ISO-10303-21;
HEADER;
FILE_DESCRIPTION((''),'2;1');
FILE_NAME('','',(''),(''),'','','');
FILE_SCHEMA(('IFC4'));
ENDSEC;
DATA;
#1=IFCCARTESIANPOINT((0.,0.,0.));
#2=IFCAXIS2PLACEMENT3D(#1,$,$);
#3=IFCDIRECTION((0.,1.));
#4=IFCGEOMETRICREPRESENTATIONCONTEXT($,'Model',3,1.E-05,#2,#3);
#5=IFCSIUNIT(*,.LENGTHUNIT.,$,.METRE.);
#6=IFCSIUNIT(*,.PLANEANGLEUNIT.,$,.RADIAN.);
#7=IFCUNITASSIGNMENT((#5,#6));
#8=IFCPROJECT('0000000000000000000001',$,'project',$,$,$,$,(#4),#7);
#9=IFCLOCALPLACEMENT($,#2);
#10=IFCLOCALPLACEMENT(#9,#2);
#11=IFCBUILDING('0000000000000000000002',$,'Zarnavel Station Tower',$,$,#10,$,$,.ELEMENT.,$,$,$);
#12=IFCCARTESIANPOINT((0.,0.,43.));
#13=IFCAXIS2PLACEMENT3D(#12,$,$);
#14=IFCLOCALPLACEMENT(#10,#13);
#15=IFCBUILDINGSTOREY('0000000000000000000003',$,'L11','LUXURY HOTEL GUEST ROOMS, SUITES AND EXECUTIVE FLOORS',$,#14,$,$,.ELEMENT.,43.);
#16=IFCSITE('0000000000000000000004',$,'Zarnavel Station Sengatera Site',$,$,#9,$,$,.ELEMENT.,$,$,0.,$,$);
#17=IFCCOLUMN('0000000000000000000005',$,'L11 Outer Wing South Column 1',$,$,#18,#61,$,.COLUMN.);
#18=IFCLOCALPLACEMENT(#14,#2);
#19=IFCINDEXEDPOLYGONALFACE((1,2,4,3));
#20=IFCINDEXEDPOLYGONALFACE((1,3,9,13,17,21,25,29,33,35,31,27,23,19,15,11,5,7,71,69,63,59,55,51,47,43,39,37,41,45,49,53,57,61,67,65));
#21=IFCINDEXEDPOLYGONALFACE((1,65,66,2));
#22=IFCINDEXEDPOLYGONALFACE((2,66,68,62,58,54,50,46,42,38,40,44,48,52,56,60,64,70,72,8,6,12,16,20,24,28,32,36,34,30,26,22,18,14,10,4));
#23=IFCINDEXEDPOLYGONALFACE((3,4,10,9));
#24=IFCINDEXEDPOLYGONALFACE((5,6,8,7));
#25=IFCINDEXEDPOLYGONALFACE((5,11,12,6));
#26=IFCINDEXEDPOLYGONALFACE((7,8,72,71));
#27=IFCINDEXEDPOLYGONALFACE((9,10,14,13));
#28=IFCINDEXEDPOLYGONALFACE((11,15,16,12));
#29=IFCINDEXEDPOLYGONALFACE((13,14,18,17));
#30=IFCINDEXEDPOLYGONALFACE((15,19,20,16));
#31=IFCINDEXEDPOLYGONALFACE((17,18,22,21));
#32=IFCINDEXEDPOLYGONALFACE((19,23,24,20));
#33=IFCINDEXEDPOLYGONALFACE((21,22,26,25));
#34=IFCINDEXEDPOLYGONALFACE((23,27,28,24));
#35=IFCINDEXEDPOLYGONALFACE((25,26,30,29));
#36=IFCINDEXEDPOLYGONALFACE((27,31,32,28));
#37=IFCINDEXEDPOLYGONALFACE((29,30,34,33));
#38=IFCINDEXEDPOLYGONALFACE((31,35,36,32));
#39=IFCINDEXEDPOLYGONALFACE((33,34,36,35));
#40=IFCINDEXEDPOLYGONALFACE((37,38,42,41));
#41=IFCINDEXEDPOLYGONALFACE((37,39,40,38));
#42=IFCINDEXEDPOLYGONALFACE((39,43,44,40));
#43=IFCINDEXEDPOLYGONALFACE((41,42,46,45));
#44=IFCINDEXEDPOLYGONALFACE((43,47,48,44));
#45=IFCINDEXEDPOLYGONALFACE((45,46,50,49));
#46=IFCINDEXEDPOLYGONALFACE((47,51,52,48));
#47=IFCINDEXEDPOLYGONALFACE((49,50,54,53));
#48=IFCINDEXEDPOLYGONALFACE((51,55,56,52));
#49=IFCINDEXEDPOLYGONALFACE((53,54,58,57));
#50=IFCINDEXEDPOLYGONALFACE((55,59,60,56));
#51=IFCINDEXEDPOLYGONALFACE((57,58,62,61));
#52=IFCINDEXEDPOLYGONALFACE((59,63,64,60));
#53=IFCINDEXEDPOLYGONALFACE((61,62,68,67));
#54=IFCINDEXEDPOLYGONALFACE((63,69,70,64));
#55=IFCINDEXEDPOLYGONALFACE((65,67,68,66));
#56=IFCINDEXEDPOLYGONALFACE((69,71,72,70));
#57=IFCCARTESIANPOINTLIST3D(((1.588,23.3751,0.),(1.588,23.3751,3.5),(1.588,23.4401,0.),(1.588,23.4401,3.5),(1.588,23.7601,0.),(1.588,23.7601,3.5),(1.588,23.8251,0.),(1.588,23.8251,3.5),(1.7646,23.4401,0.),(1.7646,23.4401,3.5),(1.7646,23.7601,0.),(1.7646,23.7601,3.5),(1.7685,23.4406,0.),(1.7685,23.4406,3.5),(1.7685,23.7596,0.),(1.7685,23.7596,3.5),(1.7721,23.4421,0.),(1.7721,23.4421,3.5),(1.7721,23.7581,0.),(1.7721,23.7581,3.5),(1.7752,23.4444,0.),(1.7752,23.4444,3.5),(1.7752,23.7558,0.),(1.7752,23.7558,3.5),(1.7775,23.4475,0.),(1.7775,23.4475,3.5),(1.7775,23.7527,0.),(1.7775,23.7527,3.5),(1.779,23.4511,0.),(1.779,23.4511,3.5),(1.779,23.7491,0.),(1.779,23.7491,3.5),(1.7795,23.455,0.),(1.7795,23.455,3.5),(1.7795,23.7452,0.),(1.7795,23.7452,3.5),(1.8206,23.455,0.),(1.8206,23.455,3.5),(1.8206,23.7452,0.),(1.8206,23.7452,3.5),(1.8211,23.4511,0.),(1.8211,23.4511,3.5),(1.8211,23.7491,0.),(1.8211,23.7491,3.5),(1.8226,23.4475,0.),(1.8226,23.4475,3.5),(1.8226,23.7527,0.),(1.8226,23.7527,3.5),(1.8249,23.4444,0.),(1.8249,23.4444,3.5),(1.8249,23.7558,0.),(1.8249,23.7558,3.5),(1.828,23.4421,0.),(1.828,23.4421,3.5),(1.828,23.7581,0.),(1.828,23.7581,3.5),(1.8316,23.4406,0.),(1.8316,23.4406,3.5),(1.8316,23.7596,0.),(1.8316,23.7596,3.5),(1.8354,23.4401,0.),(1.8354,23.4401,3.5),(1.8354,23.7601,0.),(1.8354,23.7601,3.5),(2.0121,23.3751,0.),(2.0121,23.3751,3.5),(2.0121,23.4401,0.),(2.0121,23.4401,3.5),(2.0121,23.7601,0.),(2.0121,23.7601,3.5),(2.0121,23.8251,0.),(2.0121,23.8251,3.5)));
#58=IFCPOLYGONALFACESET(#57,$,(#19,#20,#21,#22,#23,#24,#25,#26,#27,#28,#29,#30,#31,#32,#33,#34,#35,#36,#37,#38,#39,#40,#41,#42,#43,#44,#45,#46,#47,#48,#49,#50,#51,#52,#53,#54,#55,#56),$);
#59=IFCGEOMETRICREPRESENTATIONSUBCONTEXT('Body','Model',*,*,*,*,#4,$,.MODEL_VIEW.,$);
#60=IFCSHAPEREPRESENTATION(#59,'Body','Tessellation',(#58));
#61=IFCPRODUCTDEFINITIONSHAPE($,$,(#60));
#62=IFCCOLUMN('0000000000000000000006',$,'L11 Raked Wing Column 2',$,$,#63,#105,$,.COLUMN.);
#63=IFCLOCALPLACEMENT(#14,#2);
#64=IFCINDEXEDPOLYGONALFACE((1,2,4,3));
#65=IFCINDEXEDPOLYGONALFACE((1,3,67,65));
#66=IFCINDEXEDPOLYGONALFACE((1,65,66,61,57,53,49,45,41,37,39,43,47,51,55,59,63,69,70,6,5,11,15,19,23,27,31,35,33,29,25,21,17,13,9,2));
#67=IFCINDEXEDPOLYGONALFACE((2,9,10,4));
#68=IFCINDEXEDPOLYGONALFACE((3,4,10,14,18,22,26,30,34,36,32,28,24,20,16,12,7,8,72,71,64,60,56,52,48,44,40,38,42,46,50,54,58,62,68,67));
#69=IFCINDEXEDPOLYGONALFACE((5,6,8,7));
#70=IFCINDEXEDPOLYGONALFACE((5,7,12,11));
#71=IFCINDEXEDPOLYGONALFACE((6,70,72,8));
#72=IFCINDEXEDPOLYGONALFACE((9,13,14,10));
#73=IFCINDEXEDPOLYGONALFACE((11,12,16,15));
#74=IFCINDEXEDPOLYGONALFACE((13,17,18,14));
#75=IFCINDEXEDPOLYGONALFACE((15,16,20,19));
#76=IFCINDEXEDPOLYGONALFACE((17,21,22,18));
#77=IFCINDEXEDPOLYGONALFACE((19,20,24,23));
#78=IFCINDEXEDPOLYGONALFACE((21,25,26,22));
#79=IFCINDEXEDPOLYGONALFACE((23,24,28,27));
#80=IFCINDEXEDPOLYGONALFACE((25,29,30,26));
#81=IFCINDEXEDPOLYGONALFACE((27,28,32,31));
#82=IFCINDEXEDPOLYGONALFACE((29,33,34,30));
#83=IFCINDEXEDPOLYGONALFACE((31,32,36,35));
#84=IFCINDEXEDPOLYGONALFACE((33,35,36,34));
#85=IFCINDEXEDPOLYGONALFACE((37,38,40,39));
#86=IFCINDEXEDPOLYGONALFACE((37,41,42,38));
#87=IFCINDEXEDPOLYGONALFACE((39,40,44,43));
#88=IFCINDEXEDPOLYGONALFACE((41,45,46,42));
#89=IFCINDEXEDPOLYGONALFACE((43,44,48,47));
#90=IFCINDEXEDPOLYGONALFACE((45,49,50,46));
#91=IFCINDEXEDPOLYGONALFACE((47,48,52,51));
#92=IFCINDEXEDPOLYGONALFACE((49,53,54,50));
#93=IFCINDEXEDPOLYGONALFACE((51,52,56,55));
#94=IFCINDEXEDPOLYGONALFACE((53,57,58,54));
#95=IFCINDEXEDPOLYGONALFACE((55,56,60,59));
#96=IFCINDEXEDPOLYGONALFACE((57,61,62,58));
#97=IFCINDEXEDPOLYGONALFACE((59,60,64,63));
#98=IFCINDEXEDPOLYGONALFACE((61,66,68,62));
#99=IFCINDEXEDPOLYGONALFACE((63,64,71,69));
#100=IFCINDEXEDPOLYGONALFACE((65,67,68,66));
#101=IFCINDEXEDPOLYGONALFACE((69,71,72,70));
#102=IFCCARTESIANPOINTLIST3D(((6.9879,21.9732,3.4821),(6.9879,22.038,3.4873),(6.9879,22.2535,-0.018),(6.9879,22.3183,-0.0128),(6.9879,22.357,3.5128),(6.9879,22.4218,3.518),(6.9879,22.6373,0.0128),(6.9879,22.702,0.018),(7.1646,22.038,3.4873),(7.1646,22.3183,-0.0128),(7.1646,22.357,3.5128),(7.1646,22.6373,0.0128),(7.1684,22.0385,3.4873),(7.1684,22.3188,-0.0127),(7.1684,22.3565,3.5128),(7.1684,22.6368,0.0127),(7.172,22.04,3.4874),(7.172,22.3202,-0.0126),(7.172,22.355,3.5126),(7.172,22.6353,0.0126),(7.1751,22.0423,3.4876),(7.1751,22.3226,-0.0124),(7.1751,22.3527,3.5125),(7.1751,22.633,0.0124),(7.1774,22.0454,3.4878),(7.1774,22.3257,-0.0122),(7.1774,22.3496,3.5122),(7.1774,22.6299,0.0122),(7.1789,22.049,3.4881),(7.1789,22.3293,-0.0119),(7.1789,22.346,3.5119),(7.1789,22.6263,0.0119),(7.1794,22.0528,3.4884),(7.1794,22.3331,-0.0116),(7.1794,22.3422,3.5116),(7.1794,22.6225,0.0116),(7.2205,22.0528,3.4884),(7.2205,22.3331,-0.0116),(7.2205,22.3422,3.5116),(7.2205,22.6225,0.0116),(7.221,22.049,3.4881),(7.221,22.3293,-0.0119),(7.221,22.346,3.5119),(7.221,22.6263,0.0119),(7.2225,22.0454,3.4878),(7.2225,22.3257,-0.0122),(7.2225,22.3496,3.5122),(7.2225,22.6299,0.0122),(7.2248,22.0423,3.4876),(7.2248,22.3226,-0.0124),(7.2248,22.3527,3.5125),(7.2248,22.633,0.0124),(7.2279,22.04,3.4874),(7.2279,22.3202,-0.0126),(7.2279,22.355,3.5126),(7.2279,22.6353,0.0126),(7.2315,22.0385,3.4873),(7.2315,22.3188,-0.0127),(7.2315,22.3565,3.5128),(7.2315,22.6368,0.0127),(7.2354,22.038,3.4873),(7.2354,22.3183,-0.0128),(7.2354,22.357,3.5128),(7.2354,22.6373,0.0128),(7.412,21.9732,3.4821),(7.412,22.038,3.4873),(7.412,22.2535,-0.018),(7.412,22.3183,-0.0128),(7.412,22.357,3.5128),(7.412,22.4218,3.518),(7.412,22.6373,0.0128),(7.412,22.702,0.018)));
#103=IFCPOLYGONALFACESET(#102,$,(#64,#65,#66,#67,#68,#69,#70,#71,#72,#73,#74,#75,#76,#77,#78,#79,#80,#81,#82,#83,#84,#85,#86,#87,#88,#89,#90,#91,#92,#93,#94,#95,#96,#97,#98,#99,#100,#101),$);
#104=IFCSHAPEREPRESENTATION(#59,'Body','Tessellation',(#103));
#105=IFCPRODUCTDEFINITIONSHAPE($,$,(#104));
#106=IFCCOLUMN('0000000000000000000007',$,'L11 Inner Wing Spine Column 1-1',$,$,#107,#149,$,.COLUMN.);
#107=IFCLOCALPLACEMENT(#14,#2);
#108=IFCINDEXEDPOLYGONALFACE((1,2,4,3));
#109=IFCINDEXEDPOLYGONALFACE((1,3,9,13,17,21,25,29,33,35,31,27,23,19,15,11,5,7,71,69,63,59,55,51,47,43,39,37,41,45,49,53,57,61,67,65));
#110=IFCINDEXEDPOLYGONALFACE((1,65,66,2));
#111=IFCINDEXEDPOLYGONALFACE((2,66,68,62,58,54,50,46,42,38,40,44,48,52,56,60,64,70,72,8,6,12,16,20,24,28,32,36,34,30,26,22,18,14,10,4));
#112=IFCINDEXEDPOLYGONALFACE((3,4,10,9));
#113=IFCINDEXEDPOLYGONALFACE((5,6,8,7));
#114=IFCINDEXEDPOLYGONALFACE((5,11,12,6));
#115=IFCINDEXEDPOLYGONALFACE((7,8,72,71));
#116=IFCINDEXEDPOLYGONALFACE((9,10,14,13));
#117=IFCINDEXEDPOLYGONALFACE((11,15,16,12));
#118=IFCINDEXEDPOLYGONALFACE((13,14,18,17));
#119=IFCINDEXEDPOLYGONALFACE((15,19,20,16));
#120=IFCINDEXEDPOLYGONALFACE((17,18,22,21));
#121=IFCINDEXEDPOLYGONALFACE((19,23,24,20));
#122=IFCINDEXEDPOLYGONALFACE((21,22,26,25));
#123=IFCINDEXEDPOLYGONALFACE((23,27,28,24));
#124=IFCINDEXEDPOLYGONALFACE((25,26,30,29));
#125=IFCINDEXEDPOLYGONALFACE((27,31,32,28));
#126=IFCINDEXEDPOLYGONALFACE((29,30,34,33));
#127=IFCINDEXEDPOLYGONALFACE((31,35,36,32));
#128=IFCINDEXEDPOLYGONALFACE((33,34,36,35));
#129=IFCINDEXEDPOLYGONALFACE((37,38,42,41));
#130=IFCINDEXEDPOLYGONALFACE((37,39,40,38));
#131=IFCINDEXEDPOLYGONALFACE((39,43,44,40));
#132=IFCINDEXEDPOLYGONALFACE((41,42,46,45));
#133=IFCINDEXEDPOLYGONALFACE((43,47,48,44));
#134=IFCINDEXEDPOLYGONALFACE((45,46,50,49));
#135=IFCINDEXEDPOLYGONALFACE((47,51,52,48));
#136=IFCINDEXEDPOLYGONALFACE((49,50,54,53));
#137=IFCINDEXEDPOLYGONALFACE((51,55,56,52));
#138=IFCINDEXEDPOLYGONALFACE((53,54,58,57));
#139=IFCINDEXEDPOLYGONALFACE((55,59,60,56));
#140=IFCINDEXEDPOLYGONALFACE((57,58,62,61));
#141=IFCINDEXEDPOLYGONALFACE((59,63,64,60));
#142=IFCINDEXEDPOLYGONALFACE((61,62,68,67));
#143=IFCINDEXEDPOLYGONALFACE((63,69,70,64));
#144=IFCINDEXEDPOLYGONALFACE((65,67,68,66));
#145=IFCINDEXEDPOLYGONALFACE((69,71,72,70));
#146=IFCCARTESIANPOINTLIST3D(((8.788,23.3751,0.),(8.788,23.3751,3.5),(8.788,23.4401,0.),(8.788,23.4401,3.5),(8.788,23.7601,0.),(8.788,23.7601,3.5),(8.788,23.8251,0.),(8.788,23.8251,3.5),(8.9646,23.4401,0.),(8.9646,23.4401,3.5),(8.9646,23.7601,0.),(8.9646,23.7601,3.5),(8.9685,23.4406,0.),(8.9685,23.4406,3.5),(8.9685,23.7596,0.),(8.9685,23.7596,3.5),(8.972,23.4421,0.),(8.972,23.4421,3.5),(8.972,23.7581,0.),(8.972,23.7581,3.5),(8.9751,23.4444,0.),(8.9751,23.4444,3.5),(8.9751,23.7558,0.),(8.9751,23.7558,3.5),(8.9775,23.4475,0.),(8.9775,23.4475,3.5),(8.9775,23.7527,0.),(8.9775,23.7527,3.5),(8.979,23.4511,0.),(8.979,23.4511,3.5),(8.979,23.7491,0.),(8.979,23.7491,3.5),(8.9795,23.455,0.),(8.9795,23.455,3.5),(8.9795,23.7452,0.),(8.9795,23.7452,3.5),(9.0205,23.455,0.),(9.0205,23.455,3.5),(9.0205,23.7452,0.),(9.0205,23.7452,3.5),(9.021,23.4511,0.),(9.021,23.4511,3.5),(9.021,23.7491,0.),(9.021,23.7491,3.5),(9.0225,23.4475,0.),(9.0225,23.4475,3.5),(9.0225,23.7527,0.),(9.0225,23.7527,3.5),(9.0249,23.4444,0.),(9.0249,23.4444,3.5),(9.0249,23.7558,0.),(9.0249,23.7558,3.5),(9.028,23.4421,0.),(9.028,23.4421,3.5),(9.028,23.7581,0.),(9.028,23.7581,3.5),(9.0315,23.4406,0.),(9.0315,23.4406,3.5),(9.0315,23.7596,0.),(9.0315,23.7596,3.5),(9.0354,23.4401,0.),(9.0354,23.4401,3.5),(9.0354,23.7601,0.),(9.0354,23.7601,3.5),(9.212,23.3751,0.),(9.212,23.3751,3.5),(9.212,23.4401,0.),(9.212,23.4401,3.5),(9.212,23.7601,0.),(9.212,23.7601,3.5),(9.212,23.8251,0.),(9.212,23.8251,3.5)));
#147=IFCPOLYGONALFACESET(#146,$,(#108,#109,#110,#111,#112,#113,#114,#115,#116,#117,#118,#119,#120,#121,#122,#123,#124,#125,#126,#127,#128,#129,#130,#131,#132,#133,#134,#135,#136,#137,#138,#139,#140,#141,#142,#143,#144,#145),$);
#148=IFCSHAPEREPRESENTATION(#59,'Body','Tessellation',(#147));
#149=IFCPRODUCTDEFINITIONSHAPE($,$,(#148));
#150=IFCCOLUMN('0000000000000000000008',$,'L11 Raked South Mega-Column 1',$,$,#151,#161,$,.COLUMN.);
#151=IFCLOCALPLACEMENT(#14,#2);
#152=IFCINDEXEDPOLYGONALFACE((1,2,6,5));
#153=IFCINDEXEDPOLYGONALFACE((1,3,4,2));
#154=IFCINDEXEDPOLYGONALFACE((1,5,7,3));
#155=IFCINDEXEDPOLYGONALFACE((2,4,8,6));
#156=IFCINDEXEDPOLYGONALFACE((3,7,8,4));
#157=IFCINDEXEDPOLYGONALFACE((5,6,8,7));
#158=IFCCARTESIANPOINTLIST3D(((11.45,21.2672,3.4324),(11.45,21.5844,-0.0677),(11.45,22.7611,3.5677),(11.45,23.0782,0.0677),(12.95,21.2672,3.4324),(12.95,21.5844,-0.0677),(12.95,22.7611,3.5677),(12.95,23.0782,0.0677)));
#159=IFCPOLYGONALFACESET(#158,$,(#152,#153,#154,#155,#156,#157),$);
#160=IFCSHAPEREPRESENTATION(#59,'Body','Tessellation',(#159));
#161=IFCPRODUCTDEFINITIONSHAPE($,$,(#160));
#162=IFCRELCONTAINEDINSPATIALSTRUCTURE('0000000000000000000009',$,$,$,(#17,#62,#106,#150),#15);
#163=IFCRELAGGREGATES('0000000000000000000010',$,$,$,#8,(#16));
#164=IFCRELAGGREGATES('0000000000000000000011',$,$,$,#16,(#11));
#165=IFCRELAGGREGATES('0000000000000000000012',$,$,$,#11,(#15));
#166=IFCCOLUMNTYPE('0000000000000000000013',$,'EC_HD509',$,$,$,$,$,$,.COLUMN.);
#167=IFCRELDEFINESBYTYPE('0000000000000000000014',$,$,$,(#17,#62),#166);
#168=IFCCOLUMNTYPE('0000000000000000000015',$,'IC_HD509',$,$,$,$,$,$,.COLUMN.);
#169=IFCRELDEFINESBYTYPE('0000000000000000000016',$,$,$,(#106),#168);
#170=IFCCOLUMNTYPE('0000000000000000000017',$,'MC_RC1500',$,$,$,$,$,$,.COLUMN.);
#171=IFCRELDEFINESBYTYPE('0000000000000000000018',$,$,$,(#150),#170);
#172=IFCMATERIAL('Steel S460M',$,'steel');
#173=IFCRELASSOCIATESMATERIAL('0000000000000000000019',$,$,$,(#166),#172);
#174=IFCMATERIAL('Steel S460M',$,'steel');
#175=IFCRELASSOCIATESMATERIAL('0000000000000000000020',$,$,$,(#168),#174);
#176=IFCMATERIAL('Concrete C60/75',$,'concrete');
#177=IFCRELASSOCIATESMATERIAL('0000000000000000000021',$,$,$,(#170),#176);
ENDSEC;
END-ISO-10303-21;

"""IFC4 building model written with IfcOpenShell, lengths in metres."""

from ifc_helpers import new_model, si_unit, direction, frame, origin, origin_2d, place, context, subcontext, project, spatial, rectangle, i_section, extrude, material, material_profile, profile_set, type_object, element, save


model = new_model("IFC4")

# Units and contexts
model_context = context("Model", 3, precision=1e-05, world=origin(), true_north=direction((0.0, 1.0)))
body_context = subcontext(model_context, "Body", "Model", "MODEL_VIEW")
ifc_project = project(units=[si_unit("LENGTHUNIT", "METRE"), si_unit("PLANEANGLEUNIT", "RADIAN")], contexts=[model_context])

# Site, building, storey
site_placement = place(None, origin())
site = spatial("IfcSite", under=ifc_project, at=site_placement, Name="Zarnavel Station Sengatera Site", CompositionType="ELEMENT", RefElevation=0.0)
building_placement = place(site_placement, origin())
building = spatial("IfcBuilding", under=site, at=building_placement, Name="Zarnavel Station Tower", CompositionType="ELEMENT")
storey_placement = place(building_placement, frame((0.0, 0.0, 43.0)))
storey = spatial("IfcBuildingStorey", under=building, at=storey_placement, Name="L11", Description="LUXURY HOTEL GUEST ROOMS, SUITES AND EXECUTIVE FLOORS", CompositionType="ELEMENT", Elevation=43.0)

# Columns
ifc_material_1 = material(Name="Steel S460M", Category="steel")
ifc_material_profile_1 = material_profile(ifc_material_1, i_section(OverallWidth=0.4241, OverallDepth=0.45, WebThickness=0.041, FlangeThickness=0.0649, FilletRadius=0.0149, at=origin_2d()), Name="HD400x509")
ifc_profile_set_1 = profile_set([ifc_material_profile_1], Name="Steel S460M")
column_type_1 = type_object("IfcColumnType", Name="EC_HD509", PredefinedType="COLUMN", material=ifc_profile_set_1)
column_1_placement = place(storey_placement, frame((1.8, 23.6001, 0.0), z_axis=(0.0, 0.0, 1.0), x_axis=(1.0, 0.0, 0.0)))
element("IfcColumn", 1, at=column_1_placement, inside=storey, type_object=column_type_1, Name="L11 Outer Wing South Column 1", PredefinedType="COLUMN", context=body_context, shape_type="SweptSolid", body=[
    extrude(i_section(OverallWidth=0.4241, OverallDepth=0.45, WebThickness=0.041, FlangeThickness=0.0649, FilletRadius=0.0149, at=origin_2d()), origin(), (0.0, 0.0, 1.0), 3.5),
])
column_2_placement = place(storey_placement, frame((7.2, 22.4778, 0.0), z_axis=(0.0, -0.079823, 0.996809), x_axis=(1.0, 0.0, 0.0)))
element("IfcColumn", 2, at=column_2_placement, inside=storey, type_object=column_type_1, Name="L11 Raked Wing Column 2", PredefinedType="COLUMN", context=body_context, shape_type="SweptSolid", body=[
    extrude(i_section(OverallWidth=0.4241, OverallDepth=0.45, WebThickness=0.041, FlangeThickness=0.0649, FilletRadius=0.0149, at=origin_2d()), origin(), (0.0, 0.0, 1.0), 3.5112),
])
ifc_material_2 = material(Name="Steel S460M", Category="steel")
ifc_material_profile_2 = material_profile(ifc_material_2, i_section(OverallWidth=0.4241, OverallDepth=0.45, WebThickness=0.041, FlangeThickness=0.0649, FilletRadius=0.0149, at=origin_2d()), Name="HD400x509")
ifc_profile_set_2 = profile_set([ifc_material_profile_2], Name="Steel S460M")
column_type_2 = type_object("IfcColumnType", Name="IC_HD509", PredefinedType="COLUMN", material=ifc_profile_set_2)
column_3_placement = place(storey_placement, frame((9.0, 23.6001, 0.0), z_axis=(0.0, 0.0, 1.0), x_axis=(1.0, 0.0, 0.0)))
element("IfcColumn", 3, at=column_3_placement, inside=storey, type_object=column_type_2, Name="L11 Inner Wing Spine Column 1-1", PredefinedType="COLUMN", context=body_context, shape_type="SweptSolid", body=[
    extrude(i_section(OverallWidth=0.4241, OverallDepth=0.45, WebThickness=0.041, FlangeThickness=0.0649, FilletRadius=0.0149, at=origin_2d()), origin(), (0.0, 0.0, 1.0), 3.5),
])
ifc_material_3 = material(Name="Concrete C60/75", Category="concrete")
ifc_material_profile_3 = material_profile(ifc_material_3, rectangle(XDim=1.5, YDim=1.5, at=origin_2d()), Name="RC1500x1500")
ifc_profile_set_3 = profile_set([ifc_material_profile_3], Name="Concrete C60/75")
column_type_3 = type_object("IfcColumnType", Name="MC_RC1500", PredefinedType="COLUMN", material=ifc_profile_set_3)
column_4_placement = place(storey_placement, frame((12.2, 22.3313, 0.0), z_axis=(0.0, -0.090241, 0.99592), x_axis=(1.0, 0.0, 0.0)))
element("IfcColumn", 4, at=column_4_placement, inside=storey, type_object=column_type_3, Name="L11 Raked South Mega-Column 1", PredefinedType="COLUMN", context=body_context, shape_type="SweptSolid", body=[
    extrude(rectangle(XDim=1.5, YDim=1.5, at=origin_2d()), origin(), (0.0, 0.0, 1.0), 3.5144),
])

save(model, "model.ifc")
